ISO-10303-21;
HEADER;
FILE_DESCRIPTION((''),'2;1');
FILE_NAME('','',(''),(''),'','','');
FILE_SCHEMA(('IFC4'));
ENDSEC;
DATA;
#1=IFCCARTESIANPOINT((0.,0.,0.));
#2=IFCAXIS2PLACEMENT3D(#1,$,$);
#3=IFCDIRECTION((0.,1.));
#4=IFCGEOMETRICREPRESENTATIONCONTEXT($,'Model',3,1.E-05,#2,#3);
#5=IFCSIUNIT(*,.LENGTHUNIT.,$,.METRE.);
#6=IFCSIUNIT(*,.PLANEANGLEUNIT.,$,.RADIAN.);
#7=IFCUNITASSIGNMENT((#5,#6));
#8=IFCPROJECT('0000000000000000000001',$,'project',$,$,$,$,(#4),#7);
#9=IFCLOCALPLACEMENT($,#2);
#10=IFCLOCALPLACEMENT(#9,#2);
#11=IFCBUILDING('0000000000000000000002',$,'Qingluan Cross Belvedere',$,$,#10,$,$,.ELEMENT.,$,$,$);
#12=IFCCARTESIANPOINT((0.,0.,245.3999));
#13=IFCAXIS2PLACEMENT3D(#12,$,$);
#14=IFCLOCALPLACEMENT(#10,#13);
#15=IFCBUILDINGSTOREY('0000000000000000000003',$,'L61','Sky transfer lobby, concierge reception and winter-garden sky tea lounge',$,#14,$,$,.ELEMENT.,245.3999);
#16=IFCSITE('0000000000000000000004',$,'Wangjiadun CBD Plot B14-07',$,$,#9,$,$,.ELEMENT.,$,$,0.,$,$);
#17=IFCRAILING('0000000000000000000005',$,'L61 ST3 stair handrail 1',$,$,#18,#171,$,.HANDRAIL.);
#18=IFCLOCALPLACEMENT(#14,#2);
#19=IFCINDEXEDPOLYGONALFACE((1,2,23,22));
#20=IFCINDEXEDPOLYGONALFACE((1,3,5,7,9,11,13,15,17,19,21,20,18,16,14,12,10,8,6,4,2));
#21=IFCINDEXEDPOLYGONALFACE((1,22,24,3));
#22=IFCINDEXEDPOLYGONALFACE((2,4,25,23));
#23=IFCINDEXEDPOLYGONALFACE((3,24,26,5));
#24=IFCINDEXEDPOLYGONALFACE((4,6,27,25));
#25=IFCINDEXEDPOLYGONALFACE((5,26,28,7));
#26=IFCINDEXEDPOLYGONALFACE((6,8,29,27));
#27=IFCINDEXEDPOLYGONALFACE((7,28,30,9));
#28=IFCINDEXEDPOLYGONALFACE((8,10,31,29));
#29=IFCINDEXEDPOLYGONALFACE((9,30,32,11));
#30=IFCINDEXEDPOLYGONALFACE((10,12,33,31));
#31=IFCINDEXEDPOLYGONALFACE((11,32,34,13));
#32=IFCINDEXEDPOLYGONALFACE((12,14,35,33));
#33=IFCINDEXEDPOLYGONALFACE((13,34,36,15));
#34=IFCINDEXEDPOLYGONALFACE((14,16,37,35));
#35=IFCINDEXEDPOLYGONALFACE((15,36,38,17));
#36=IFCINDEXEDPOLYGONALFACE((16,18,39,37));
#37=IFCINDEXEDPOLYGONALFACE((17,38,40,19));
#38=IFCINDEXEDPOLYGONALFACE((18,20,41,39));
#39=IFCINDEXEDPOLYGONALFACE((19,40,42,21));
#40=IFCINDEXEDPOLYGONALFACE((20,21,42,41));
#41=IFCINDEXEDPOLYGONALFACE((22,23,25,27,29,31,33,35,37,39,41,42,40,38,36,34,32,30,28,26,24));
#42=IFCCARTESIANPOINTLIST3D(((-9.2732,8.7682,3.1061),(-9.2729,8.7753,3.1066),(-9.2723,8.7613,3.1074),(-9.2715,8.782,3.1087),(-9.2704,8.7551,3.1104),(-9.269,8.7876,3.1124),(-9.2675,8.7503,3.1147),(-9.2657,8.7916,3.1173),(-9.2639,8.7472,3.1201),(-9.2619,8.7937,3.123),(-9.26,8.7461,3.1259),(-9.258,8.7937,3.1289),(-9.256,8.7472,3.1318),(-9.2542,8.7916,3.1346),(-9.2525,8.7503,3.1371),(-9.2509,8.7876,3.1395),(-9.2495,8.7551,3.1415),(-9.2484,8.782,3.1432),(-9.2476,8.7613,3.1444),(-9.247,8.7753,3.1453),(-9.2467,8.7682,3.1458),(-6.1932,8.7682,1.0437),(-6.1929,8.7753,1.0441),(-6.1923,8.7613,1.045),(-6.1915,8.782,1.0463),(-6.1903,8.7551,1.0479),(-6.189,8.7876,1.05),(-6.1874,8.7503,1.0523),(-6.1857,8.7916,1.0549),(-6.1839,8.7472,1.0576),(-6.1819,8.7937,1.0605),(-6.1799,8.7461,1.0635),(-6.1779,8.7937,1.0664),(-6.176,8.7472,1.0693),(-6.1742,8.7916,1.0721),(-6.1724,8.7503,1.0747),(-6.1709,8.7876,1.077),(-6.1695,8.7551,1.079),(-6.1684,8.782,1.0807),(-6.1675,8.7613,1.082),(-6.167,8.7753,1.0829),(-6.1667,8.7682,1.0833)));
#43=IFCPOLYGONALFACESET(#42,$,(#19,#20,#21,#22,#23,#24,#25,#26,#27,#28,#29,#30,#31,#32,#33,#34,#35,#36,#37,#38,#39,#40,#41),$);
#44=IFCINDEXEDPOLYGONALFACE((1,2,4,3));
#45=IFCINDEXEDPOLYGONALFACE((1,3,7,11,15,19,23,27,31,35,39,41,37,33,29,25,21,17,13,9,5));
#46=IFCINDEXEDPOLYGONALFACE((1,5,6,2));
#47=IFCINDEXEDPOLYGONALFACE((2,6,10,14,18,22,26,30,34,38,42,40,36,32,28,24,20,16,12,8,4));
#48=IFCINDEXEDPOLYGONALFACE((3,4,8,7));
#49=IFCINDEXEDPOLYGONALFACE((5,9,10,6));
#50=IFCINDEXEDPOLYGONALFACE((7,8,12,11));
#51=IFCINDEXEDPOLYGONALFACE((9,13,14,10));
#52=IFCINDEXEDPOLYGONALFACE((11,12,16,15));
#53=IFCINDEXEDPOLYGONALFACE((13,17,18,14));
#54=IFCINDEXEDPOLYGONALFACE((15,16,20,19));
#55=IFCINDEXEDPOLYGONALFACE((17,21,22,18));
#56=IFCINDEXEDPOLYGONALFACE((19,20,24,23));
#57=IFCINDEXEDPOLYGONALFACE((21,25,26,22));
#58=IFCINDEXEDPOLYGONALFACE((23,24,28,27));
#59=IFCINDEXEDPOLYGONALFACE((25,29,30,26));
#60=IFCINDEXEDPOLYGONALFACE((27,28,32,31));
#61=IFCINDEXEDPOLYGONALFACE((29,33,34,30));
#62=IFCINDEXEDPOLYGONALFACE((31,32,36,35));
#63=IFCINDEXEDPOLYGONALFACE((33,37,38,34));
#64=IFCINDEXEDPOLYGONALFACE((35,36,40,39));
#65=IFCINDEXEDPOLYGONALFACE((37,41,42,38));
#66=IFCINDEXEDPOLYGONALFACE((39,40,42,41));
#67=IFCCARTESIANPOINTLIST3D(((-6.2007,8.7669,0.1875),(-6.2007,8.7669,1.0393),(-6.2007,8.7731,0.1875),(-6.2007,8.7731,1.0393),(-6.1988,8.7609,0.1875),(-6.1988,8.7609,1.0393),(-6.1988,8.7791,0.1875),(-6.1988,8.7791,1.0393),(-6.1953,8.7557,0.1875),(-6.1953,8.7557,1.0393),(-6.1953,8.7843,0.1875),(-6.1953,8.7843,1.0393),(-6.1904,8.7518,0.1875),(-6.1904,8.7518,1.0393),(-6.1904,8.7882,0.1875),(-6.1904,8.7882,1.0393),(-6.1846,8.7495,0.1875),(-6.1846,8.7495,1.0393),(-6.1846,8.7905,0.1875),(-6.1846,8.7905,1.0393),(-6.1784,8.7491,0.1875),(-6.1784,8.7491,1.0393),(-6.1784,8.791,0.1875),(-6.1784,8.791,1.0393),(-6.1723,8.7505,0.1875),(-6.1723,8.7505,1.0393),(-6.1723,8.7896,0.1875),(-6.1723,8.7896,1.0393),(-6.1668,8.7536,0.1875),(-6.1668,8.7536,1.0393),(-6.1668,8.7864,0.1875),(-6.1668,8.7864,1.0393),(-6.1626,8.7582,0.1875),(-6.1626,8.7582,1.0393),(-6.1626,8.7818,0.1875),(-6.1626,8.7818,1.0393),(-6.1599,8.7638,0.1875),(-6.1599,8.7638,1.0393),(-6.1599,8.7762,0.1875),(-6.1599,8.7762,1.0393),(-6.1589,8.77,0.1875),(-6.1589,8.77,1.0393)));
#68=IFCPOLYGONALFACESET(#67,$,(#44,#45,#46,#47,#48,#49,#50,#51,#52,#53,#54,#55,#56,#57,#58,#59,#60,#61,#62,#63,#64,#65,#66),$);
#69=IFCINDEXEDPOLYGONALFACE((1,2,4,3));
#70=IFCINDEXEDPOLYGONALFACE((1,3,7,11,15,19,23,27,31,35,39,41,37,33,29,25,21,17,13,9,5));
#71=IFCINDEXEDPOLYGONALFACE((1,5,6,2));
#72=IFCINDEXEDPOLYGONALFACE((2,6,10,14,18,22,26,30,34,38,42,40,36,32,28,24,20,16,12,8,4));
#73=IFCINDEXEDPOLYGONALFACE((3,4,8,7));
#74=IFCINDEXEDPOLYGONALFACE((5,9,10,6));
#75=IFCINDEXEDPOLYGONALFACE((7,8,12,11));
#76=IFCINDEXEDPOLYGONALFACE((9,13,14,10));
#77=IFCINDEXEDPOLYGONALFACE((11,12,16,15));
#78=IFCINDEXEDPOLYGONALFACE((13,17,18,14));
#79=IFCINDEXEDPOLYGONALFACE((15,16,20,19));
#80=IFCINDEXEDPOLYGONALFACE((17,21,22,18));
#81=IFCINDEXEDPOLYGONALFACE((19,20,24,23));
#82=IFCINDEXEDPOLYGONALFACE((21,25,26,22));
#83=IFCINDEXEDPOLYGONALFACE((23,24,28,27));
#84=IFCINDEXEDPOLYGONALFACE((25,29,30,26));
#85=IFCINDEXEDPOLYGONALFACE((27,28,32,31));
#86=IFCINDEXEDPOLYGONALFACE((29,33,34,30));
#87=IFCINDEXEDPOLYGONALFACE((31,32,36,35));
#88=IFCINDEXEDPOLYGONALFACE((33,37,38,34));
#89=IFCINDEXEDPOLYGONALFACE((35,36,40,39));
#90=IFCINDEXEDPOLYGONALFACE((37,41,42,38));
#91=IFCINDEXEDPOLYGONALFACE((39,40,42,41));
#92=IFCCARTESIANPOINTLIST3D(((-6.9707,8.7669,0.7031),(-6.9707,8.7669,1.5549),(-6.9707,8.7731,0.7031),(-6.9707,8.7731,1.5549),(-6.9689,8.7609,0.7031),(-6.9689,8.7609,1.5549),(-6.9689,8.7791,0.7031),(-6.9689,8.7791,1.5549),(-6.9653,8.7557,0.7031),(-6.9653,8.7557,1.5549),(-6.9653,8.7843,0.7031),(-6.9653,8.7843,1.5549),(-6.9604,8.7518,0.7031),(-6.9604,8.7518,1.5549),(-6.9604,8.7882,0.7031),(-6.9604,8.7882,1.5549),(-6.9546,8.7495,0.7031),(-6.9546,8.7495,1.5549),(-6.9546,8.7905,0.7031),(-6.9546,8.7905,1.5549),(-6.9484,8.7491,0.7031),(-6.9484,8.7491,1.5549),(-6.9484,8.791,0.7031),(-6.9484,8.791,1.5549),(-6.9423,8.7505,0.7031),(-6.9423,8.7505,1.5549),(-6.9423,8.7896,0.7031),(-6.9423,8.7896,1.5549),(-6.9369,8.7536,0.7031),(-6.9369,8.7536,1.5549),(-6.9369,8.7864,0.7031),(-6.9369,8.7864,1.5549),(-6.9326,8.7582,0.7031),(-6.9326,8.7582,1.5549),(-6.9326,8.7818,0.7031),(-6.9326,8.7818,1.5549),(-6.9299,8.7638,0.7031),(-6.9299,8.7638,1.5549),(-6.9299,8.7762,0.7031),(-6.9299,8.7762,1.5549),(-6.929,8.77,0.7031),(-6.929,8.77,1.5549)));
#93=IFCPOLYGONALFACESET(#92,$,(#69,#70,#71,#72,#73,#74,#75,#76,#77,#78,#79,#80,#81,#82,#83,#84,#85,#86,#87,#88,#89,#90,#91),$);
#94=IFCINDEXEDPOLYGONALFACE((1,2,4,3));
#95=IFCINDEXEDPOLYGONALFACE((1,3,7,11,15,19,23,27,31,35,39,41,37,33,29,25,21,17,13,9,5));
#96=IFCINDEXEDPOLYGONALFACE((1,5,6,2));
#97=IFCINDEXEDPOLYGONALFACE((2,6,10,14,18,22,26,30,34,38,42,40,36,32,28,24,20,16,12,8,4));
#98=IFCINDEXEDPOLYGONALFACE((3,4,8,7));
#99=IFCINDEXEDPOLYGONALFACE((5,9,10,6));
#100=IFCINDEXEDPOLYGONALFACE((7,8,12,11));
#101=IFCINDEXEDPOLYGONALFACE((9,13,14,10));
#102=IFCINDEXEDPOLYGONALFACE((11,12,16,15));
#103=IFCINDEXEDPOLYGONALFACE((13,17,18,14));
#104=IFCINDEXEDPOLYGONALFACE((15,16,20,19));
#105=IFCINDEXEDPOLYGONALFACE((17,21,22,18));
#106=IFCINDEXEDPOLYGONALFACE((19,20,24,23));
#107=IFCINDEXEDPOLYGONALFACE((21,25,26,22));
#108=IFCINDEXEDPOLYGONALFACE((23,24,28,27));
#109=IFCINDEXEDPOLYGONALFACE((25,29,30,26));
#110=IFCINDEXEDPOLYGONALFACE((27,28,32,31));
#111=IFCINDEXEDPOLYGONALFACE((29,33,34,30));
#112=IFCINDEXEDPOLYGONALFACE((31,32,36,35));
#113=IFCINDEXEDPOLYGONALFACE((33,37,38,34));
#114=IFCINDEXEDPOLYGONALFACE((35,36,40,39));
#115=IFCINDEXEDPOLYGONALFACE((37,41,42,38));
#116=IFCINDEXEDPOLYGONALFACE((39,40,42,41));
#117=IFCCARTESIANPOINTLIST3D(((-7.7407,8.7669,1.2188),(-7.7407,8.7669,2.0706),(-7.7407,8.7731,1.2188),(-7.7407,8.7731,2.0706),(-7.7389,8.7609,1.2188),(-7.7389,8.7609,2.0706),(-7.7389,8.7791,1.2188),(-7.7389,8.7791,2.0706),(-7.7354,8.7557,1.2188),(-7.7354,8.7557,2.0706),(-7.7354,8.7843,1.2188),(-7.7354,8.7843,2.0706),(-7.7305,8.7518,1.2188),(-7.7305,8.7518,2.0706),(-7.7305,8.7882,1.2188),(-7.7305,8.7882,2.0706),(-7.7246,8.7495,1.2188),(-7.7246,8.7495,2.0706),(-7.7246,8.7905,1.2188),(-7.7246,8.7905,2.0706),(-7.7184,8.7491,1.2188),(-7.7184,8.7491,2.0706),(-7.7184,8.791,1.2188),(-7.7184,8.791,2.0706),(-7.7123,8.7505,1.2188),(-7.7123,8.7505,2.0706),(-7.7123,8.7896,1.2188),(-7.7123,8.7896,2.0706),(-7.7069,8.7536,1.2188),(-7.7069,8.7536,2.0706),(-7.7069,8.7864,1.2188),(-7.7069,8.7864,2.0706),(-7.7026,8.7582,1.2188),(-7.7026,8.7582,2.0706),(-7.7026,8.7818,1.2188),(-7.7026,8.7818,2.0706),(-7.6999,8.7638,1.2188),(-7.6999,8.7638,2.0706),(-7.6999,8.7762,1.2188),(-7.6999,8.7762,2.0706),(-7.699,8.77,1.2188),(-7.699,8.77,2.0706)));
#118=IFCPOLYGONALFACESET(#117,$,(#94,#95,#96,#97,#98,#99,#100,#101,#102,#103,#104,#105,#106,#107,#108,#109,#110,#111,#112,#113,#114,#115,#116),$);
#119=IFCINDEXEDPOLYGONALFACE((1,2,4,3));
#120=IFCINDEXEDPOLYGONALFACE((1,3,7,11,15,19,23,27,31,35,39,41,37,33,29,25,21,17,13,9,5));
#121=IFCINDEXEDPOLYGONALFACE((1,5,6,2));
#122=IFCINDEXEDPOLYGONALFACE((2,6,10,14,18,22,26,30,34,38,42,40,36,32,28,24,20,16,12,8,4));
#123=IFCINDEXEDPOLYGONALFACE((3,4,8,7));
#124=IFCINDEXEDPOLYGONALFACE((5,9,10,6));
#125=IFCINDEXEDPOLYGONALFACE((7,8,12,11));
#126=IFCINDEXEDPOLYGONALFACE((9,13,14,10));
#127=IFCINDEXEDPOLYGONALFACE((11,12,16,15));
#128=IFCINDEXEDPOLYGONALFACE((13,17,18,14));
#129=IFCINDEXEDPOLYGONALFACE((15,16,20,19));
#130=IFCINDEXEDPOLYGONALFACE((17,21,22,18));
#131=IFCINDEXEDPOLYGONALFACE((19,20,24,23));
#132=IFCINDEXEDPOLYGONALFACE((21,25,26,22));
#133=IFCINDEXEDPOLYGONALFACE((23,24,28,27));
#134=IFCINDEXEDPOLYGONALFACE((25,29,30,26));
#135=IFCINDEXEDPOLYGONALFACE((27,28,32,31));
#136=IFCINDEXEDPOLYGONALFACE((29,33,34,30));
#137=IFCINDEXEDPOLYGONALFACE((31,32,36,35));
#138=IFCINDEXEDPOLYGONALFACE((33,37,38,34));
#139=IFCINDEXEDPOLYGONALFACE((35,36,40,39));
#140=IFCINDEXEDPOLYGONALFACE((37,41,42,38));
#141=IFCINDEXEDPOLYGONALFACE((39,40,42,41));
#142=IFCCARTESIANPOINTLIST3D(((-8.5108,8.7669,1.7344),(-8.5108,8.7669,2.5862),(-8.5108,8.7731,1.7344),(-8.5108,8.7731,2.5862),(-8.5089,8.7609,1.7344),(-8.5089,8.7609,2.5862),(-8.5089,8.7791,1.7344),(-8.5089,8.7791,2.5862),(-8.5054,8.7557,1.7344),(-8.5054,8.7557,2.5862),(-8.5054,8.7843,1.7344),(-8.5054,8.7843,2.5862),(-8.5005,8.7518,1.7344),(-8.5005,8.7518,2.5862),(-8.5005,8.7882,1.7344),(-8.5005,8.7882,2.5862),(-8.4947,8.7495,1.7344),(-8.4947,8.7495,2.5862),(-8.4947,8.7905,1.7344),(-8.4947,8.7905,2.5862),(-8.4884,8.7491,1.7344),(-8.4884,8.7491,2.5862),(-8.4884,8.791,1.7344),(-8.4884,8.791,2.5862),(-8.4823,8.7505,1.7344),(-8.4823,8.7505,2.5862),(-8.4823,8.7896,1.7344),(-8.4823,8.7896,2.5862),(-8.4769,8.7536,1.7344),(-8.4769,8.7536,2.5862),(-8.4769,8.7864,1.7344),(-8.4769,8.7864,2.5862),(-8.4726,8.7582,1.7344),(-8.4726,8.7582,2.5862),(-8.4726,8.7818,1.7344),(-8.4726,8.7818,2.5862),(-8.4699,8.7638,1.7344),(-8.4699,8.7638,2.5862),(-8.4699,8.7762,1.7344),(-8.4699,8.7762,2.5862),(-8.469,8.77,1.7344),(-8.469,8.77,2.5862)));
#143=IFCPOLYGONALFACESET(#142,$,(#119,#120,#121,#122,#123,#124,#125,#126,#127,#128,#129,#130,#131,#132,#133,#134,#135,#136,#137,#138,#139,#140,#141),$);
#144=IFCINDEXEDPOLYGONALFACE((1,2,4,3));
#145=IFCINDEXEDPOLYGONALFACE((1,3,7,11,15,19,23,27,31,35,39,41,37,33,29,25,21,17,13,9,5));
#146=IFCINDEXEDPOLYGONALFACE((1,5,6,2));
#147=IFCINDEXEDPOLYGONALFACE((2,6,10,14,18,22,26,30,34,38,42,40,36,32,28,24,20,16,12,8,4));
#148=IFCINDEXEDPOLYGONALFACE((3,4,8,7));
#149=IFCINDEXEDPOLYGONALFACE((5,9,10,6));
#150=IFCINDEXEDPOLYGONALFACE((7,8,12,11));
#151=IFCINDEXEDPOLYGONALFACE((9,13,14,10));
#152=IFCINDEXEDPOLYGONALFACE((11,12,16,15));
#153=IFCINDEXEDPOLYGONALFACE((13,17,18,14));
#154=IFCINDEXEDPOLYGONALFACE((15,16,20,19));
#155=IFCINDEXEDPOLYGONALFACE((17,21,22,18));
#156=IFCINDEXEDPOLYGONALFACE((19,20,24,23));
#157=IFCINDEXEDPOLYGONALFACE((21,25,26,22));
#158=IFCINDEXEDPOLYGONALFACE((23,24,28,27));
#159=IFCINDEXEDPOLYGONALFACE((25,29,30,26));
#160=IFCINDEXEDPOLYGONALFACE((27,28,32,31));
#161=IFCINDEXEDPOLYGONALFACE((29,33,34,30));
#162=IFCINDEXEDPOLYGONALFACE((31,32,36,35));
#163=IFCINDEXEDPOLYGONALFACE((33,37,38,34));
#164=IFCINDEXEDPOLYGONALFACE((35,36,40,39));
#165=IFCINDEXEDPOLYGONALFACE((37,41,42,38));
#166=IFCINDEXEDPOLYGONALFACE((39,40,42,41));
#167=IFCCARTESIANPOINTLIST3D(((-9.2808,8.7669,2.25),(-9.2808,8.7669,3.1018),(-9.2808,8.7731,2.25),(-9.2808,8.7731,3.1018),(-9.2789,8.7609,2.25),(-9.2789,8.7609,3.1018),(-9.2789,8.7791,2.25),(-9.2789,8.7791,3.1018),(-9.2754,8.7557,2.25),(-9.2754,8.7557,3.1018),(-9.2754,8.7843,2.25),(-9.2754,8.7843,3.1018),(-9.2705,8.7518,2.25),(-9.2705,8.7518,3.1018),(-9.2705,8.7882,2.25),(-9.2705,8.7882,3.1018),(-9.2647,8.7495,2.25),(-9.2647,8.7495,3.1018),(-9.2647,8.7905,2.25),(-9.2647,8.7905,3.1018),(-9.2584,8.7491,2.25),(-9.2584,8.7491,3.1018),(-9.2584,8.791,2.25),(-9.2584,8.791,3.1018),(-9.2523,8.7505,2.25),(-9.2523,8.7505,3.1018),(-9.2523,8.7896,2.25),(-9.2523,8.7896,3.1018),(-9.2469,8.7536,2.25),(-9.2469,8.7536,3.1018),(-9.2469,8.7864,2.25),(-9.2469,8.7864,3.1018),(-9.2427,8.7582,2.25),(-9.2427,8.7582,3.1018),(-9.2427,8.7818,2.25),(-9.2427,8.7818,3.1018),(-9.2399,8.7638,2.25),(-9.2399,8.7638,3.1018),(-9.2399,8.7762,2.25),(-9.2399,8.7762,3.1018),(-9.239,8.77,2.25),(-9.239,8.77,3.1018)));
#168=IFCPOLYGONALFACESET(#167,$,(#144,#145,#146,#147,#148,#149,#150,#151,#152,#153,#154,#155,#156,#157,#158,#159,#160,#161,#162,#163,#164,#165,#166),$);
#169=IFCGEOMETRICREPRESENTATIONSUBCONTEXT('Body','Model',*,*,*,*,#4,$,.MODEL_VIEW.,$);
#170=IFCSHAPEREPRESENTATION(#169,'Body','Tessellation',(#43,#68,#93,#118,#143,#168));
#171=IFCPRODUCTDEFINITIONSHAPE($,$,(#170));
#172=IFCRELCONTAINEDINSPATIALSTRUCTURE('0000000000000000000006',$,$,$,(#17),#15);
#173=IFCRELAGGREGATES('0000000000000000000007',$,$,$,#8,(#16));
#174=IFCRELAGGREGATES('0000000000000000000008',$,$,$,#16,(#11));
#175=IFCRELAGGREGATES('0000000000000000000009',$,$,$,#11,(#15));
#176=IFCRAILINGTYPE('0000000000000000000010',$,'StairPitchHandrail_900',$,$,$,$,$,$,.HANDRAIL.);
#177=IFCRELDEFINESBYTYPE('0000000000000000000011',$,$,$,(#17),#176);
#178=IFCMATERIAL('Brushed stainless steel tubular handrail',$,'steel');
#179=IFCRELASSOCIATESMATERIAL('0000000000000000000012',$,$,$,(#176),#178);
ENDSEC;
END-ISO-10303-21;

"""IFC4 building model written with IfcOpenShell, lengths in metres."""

from ifc_helpers import new_model, si_unit, direction, frame, origin, origin_2d, place, context, subcontext, project, spatial, circle, extrude, material, type_object, element, save


model = new_model("IFC4")

# Units and contexts
model_context = context("Model", 3, precision=1e-05, world=origin(), true_north=direction((0.0, 1.0)))
body_context = subcontext(model_context, "Body", "Model", "MODEL_VIEW")
ifc_project = project(units=[si_unit("LENGTHUNIT", "METRE"), si_unit("PLANEANGLEUNIT", "RADIAN")], contexts=[model_context])

# Site, building, storey
site_placement = place(None, origin())
site = spatial("IfcSite", under=ifc_project, at=site_placement, Name="Wangjiadun CBD Plot B14-07", CompositionType="ELEMENT", RefElevation=0.0)
building_placement = place(site_placement, origin())
building = spatial("IfcBuilding", under=site, at=building_placement, Name="Qingluan Cross Belvedere", CompositionType="ELEMENT")
storey_placement = place(building_placement, frame((0.0, 0.0, 245.3999)))
storey = spatial("IfcBuildingStorey", under=building, at=storey_placement, Name="L61", Description="Sky transfer lobby, concierge reception and winter-garden sky tea lounge", CompositionType="ELEMENT", Elevation=245.3999)

# Railing
ifc_material_1 = material(Name="Brushed stainless steel tubular handrail", Category="steel")
railing_type_1 = type_object("IfcRailingType", Name="StairPitchHandrail_900", PredefinedType="HANDRAIL", material=ifc_material_1)
railing_1_placement = place(storey_placement, frame((-6.1799, 8.77, 0.1875)))
element("IfcRailing", 1, at=railing_1_placement, inside=storey, type_object=railing_type_1, Name="L61 ST3 stair handrail 1", PredefinedType="HANDRAIL", context=body_context, shape_type="SweptSolid", body=[
    extrude(circle(Radius=0.0239, at=origin_2d()), frame((0.0, 0.0, 0.876), z_axis=(-0.830914, 0.0, 0.556401), x_axis=(0.0, -1.0, 0.0)), (0.0, 0.0, 1.0), 3.7068),
    extrude(circle(Radius=0.021, at=origin_2d()), origin(), (0.0, 0.0, 1.0), 0.8518),
    extrude(circle(Radius=0.021, at=origin_2d()), frame((-0.77, 0.0, 0.5156)), (0.0, 0.0, 1.0), 0.8518),
    extrude(circle(Radius=0.021, at=origin_2d()), frame((-1.54, 0.0, 1.0312)), (0.0, 0.0, 1.0), 0.8518),
    extrude(circle(Radius=0.021, at=origin_2d()), frame((-2.3101, 0.0, 1.5469)), (0.0, 0.0, 1.0), 0.8518),
    extrude(circle(Radius=0.021, at=origin_2d()), frame((-3.0801, 0.0, 2.0625)), (0.0, 0.0, 1.0), 0.8518),
])

save(model, "model.ifc")
